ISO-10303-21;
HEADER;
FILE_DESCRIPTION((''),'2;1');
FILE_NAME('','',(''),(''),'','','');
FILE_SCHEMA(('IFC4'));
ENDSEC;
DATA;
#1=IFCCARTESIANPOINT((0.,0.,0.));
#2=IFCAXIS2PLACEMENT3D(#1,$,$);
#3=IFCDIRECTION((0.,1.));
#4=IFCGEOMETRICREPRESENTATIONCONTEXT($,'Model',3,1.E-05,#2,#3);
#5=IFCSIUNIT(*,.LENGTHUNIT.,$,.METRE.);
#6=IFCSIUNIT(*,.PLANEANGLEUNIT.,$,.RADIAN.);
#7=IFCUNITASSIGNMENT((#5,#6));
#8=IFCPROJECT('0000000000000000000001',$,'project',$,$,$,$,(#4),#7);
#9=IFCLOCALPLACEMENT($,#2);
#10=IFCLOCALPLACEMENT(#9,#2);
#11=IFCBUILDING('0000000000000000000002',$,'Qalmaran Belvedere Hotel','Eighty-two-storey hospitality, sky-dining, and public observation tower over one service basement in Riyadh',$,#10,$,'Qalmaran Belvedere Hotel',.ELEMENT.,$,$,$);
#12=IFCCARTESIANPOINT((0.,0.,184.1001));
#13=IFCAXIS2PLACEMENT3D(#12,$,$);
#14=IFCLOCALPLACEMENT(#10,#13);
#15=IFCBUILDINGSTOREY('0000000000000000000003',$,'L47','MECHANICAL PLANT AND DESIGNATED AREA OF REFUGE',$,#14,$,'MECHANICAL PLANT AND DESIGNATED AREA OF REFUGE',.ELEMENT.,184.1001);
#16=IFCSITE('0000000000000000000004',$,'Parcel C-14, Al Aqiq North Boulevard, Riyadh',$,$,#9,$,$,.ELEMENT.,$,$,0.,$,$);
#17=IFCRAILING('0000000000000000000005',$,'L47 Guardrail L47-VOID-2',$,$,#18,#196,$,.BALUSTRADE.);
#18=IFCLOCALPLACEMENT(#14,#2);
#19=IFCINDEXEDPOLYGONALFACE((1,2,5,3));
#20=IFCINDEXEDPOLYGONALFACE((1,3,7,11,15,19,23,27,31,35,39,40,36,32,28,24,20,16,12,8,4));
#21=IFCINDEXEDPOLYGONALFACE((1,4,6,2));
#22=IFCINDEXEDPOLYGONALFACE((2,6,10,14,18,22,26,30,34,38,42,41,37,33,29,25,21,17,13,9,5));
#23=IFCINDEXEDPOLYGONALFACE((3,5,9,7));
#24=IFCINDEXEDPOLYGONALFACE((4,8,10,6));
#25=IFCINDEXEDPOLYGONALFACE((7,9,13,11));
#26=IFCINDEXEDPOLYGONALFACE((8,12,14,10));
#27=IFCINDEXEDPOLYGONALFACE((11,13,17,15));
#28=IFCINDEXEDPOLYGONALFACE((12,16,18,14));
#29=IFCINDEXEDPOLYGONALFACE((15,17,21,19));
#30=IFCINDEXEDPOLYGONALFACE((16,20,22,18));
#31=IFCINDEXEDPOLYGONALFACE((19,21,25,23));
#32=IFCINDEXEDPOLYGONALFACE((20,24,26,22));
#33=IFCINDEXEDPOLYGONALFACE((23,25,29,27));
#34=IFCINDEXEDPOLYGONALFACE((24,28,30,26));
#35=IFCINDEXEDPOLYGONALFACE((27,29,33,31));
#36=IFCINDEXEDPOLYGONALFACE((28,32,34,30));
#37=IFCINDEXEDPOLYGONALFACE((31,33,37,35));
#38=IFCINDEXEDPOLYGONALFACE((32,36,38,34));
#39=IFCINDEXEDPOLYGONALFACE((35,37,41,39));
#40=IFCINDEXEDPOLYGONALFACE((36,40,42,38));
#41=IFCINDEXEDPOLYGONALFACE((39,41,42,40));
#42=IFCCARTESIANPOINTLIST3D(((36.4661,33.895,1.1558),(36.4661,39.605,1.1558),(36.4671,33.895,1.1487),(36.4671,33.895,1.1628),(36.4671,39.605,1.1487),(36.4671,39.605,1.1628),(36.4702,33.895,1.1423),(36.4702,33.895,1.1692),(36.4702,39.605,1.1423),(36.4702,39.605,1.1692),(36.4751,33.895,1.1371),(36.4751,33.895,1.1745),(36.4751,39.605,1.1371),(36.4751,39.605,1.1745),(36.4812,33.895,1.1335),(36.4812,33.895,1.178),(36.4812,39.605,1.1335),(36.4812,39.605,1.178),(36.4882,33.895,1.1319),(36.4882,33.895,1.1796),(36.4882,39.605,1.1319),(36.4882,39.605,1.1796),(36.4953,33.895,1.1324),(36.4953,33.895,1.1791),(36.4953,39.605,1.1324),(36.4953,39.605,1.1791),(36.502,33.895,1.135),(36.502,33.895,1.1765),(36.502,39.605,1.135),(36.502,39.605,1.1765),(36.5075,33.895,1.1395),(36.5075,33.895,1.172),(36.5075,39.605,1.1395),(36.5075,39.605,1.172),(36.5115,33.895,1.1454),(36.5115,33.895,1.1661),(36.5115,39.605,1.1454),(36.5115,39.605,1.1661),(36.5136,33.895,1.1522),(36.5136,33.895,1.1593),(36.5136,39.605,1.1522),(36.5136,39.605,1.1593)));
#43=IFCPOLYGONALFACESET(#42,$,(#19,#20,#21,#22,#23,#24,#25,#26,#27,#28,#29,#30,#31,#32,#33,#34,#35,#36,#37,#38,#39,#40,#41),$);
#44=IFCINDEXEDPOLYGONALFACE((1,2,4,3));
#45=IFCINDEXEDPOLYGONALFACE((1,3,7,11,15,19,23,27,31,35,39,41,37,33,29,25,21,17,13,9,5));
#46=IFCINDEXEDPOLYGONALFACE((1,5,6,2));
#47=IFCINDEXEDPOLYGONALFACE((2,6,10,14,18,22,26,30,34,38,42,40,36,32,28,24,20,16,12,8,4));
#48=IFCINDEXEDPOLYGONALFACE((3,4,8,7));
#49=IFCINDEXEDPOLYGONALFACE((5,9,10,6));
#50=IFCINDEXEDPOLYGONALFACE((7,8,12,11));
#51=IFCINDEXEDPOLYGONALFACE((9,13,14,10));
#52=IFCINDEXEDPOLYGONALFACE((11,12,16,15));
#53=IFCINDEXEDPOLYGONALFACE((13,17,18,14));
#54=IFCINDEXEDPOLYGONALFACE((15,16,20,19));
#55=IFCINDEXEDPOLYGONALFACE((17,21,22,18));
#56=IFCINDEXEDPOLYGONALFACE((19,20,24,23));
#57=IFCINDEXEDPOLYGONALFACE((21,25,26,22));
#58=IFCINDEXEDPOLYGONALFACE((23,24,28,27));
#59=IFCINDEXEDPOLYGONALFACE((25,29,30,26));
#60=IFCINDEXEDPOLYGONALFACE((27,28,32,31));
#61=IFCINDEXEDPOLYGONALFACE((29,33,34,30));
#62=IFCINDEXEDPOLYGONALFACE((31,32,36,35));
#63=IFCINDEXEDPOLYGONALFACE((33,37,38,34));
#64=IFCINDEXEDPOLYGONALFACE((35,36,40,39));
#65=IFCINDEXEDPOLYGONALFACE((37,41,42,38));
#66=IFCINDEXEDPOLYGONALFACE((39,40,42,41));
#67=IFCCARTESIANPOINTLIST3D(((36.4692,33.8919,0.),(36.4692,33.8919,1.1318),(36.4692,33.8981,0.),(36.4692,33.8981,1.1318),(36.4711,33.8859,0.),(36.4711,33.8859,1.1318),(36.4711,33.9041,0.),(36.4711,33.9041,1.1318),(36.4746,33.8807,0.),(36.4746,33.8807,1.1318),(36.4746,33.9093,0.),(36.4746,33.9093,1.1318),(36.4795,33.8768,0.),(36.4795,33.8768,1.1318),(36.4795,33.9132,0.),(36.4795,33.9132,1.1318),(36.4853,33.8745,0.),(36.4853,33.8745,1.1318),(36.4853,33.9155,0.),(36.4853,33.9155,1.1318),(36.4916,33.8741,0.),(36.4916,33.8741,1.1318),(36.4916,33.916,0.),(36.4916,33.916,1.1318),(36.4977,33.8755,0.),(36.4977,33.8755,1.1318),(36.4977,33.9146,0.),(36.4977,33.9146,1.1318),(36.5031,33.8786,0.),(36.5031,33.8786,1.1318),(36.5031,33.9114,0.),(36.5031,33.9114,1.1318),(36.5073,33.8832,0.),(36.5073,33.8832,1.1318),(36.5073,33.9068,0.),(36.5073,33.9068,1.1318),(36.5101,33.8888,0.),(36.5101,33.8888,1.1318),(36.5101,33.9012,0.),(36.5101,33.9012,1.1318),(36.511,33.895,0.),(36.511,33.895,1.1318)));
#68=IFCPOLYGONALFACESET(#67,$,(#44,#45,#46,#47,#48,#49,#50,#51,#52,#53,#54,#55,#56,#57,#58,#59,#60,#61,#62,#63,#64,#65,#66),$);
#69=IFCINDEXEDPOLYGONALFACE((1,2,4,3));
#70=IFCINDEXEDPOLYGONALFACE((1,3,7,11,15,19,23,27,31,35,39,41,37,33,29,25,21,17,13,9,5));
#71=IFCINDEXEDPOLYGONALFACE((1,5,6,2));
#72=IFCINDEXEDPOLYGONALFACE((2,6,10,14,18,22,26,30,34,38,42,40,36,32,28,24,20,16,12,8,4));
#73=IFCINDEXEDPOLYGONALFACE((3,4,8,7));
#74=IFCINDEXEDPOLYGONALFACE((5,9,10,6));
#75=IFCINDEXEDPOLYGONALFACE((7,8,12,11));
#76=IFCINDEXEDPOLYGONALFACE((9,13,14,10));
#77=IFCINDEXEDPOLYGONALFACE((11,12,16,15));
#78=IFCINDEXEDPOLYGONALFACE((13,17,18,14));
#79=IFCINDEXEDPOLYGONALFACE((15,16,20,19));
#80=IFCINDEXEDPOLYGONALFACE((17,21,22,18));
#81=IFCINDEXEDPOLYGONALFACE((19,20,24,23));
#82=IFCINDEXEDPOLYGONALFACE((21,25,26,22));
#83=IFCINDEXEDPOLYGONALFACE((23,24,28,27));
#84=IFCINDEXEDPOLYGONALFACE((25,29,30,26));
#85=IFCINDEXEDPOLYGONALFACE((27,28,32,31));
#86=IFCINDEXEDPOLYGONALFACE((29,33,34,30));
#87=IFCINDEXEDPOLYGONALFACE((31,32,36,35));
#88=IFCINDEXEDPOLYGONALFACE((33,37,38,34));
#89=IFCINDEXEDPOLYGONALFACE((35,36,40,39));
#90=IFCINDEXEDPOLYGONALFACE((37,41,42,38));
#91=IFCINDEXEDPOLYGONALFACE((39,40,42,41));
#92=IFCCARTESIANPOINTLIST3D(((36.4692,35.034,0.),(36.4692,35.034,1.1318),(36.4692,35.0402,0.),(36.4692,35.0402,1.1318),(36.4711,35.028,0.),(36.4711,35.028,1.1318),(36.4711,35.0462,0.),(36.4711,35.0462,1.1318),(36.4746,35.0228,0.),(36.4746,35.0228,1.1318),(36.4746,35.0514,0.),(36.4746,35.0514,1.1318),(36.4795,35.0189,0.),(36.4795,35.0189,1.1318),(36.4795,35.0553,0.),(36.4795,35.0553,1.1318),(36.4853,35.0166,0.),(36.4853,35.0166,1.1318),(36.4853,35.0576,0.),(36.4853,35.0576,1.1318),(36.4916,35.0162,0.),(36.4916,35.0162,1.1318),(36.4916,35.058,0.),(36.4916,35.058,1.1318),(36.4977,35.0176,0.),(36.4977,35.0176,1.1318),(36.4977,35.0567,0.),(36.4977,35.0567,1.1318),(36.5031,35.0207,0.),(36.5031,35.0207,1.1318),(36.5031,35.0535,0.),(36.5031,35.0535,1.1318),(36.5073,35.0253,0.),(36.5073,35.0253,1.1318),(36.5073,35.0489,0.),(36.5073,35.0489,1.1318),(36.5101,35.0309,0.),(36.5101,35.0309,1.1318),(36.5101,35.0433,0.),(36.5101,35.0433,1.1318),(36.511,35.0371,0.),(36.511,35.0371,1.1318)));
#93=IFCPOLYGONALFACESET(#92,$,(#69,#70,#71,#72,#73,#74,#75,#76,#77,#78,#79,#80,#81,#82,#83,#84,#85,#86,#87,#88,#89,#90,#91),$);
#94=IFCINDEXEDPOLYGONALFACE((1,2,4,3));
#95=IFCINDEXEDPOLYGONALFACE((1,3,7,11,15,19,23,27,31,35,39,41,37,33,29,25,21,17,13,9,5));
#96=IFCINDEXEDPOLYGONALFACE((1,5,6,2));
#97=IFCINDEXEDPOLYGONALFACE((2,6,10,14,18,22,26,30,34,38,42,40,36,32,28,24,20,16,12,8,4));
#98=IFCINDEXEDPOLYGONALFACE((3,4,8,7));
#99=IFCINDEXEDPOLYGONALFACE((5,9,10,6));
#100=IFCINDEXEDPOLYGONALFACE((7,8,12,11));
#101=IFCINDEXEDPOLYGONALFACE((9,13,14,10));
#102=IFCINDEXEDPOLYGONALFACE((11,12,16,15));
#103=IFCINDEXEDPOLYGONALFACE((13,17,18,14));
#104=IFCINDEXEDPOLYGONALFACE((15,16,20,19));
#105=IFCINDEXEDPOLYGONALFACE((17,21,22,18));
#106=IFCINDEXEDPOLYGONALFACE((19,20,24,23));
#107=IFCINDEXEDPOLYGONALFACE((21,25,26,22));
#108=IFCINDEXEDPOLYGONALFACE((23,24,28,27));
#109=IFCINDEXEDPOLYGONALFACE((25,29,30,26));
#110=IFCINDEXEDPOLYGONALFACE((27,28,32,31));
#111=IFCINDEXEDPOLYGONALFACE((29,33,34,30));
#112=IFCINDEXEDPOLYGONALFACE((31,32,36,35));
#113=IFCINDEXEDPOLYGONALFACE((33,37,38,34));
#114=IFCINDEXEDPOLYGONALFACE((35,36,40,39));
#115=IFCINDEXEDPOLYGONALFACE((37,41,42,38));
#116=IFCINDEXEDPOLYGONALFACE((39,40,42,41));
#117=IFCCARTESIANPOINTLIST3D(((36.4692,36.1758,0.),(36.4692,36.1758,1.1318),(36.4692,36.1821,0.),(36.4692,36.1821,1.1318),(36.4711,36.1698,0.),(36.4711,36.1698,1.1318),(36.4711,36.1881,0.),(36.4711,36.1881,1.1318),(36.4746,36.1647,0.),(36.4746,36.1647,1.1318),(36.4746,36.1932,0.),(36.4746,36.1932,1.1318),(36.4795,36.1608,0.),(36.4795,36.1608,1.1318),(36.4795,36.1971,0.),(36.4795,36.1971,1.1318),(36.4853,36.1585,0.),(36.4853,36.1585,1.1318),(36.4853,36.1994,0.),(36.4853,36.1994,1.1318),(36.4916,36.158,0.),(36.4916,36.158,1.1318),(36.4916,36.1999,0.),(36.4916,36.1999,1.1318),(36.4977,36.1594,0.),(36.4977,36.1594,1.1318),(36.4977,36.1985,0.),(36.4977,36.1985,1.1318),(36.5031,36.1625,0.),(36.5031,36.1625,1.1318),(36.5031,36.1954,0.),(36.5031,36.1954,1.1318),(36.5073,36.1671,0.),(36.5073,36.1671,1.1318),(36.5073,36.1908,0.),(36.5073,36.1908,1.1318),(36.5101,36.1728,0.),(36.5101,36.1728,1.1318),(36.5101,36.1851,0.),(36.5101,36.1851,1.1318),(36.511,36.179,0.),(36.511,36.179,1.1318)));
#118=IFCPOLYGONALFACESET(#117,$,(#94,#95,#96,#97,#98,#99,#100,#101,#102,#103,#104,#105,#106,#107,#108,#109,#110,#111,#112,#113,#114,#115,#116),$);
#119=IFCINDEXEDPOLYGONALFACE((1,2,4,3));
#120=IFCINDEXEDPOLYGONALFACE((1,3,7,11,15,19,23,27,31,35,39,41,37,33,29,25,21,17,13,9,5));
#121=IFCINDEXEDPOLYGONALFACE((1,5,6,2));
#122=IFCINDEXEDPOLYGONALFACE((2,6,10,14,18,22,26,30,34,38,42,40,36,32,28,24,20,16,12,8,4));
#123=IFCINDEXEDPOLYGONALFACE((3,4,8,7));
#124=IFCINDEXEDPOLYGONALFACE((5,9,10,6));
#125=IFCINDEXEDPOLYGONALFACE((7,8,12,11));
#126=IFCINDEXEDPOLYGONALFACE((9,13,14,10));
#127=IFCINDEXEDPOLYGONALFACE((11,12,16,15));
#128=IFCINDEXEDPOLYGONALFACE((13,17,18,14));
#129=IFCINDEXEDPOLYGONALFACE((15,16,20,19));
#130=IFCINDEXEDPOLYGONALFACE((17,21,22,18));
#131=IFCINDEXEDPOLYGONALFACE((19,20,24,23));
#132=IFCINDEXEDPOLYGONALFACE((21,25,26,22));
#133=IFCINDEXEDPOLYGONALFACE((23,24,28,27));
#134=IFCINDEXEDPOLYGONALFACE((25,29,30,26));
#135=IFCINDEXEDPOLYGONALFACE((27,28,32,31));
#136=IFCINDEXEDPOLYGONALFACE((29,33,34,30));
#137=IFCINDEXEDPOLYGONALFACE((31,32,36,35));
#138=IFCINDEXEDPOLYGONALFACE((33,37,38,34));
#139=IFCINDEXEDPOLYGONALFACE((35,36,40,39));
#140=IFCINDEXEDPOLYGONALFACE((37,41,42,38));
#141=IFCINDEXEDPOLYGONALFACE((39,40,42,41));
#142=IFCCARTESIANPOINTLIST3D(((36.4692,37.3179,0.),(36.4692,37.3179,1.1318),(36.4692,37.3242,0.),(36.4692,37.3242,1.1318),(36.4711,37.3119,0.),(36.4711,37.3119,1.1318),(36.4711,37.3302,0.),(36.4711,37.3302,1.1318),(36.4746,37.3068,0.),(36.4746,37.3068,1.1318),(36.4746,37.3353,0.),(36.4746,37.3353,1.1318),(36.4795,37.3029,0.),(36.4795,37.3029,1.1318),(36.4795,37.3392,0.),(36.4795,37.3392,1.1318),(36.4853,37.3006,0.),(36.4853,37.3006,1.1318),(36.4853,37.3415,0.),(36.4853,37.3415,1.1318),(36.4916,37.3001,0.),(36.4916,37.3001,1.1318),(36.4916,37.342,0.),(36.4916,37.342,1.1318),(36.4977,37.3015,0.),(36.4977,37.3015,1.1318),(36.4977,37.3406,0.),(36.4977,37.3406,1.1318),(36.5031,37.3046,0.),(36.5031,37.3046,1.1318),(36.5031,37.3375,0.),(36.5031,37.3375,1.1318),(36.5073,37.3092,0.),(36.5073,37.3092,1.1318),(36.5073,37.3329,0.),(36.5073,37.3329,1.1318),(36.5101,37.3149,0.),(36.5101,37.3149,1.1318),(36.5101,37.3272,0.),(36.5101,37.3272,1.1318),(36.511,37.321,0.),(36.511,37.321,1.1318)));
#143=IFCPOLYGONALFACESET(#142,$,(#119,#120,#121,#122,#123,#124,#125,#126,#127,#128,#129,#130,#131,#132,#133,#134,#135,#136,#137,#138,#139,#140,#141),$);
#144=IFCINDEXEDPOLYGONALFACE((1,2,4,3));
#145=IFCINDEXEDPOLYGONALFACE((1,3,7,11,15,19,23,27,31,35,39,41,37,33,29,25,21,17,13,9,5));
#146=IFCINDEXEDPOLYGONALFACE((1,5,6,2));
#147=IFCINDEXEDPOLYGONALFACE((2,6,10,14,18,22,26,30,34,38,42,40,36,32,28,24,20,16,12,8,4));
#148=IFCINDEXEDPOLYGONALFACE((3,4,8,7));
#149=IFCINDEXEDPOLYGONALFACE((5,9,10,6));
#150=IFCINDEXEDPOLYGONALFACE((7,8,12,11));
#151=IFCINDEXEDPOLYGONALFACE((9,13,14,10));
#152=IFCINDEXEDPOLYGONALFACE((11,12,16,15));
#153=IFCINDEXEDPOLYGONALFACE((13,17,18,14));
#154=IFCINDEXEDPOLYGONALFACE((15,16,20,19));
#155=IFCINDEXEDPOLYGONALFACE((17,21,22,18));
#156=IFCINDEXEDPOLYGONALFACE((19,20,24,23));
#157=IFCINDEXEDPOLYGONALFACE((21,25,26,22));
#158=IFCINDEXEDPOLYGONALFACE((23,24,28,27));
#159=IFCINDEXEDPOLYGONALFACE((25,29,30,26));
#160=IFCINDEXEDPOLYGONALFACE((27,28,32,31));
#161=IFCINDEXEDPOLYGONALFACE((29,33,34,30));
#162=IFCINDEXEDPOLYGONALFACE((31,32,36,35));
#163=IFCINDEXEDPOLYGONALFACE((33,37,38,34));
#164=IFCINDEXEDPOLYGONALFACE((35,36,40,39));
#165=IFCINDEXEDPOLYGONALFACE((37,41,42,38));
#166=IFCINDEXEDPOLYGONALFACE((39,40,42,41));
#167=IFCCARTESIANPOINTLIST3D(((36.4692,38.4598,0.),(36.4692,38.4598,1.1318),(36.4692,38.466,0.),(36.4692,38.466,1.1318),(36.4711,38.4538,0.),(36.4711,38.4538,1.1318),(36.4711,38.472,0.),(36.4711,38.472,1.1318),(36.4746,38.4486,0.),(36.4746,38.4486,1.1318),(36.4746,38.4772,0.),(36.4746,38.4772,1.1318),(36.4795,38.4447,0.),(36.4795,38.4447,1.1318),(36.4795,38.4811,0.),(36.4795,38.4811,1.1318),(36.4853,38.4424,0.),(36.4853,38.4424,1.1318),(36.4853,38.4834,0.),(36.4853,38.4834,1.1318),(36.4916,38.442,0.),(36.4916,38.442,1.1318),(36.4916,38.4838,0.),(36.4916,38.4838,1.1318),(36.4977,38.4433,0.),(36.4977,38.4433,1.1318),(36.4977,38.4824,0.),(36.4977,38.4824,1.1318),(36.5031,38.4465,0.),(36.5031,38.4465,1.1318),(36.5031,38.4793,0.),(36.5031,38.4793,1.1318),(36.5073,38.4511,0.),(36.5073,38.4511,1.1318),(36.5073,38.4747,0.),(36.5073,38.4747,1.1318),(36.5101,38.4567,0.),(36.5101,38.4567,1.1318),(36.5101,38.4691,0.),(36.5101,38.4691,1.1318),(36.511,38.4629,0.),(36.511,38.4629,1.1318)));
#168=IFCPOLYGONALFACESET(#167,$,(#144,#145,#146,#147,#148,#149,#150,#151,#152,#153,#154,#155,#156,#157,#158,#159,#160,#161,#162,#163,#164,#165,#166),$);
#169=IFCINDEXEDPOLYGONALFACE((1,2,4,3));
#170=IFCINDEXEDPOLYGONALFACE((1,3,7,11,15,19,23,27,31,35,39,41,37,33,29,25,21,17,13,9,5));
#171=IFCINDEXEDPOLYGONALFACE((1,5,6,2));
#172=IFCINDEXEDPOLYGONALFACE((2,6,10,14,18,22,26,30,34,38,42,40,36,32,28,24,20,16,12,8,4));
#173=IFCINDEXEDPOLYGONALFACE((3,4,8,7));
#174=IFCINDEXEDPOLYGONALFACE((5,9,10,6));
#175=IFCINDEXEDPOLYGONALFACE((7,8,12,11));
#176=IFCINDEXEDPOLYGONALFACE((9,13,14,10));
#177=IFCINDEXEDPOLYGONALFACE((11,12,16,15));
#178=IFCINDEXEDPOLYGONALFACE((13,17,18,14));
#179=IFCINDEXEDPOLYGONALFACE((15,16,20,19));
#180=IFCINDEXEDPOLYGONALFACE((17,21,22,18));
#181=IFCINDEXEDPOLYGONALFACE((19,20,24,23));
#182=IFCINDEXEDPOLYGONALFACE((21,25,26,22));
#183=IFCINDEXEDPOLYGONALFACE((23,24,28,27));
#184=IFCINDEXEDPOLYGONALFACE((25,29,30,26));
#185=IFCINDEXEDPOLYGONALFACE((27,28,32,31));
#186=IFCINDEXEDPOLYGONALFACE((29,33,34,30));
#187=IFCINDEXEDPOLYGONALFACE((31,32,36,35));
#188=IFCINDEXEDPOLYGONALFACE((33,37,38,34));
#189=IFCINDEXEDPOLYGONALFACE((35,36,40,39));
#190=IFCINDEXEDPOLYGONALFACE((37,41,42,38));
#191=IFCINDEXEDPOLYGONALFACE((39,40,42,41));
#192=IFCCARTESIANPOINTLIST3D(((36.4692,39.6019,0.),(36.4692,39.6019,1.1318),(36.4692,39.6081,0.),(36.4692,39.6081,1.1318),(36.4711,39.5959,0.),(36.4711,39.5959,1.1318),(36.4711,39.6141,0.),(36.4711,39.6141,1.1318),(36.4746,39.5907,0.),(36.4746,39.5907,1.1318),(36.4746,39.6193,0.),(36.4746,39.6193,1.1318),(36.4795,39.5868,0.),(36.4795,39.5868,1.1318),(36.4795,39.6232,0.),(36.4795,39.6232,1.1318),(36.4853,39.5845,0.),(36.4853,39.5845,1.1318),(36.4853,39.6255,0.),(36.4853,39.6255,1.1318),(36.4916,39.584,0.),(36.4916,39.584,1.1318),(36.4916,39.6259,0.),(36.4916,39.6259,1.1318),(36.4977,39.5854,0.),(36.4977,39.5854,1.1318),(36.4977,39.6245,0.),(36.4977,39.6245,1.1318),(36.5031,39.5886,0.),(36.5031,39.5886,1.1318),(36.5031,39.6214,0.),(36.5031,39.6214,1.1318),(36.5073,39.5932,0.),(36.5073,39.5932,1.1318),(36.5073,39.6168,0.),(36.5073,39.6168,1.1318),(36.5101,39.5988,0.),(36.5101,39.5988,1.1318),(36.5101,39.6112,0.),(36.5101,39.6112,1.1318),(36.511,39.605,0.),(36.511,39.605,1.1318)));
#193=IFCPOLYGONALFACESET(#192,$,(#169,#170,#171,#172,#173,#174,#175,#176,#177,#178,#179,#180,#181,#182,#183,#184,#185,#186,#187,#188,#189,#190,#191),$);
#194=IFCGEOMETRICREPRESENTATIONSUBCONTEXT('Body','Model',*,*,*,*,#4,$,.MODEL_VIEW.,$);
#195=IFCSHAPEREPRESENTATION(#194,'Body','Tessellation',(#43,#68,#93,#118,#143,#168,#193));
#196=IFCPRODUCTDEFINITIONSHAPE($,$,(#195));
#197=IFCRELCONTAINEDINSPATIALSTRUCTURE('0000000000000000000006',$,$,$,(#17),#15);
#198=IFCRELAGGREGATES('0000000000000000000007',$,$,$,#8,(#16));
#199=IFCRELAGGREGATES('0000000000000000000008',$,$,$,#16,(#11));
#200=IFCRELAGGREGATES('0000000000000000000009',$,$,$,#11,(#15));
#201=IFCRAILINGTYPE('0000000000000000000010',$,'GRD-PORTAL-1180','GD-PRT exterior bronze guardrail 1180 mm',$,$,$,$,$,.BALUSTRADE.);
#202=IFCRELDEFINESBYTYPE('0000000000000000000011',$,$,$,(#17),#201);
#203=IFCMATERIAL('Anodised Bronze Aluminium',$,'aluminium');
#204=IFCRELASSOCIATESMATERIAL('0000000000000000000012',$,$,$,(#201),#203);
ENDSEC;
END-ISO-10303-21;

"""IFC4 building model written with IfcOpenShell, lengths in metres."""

from ifc_helpers import new_model, si_unit, direction, frame, origin, origin_2d, place, context, subcontext, project, spatial, circle, extrude, material, type_object, element, save


model = new_model("IFC4")

# Units and contexts
model_context = context("Model", 3, precision=1e-05, world=origin(), true_north=direction((0.0, 1.0)))
body_context = subcontext(model_context, "Body", "Model", "MODEL_VIEW")
ifc_project = project(units=[si_unit("LENGTHUNIT", "METRE"), si_unit("PLANEANGLEUNIT", "RADIAN")], contexts=[model_context])

# Site, building, storey
site_placement = place(None, origin())
site = spatial("IfcSite", under=ifc_project, at=site_placement, Name="Parcel C-14, Al Aqiq North Boulevard, Riyadh", CompositionType="ELEMENT", RefElevation=0.0)
building_placement = place(site_placement, origin())
building = spatial("IfcBuilding", under=site, at=building_placement, Name="Qalmaran Belvedere Hotel", Description="Eighty-two-storey hospitality, sky-dining, and public observation tower over one service basement in Riyadh", LongName="Qalmaran Belvedere Hotel", CompositionType="ELEMENT")
storey_placement = place(building_placement, frame((0.0, 0.0, 184.1001)))
storey = spatial("IfcBuildingStorey", under=building, at=storey_placement, Name="L47", Description="MECHANICAL PLANT AND DESIGNATED AREA OF REFUGE", LongName="MECHANICAL PLANT AND DESIGNATED AREA OF REFUGE", CompositionType="ELEMENT", Elevation=184.1001)

# Railing
ifc_material_1 = material(Name="Anodised Bronze Aluminium", Category="aluminium")
railing_type = type_object("IfcRailingType", Name="GRD-PORTAL-1180", Description="GD-PRT exterior bronze guardrail 1180 mm", PredefinedType="BALUSTRADE", material=ifc_material_1)
railing_1_placement = place(storey_placement, frame((36.49, 33.895, 0.0)))
element("IfcRailing", 1, at=railing_1_placement, inside=storey, type_object=railing_type, Name="L47 Guardrail L47-VOID-2", PredefinedType="BALUSTRADE", context=body_context, shape_type="SweptSolid", body=[
    extrude(circle(Radius=0.0239, at=origin_2d()), frame((0.0, 0.0, 1.1558), z_axis=(0.0, 1.0, 0.0), x_axis=(-1.0, 0.0, 0.0)), (0.0, 0.0, 1.0), 5.71),
    extrude(circle(Radius=0.021, at=origin_2d()), origin(), (0.0, 0.0, 1.0), 1.1318),
    extrude(circle(Radius=0.021, at=origin_2d()), frame((0.0, 1.1421, 0.0)), (0.0, 0.0, 1.0), 1.1318),
    extrude(circle(Radius=0.021, at=origin_2d()), frame((0.0, 2.2839, 0.0)), (0.0, 0.0, 1.0), 1.1318),
    extrude(circle(Radius=0.021, at=origin_2d()), frame((0.0, 3.426, 0.0)), (0.0, 0.0, 1.0), 1.1318),
    extrude(circle(Radius=0.021, at=origin_2d()), frame((0.0, 4.5679, 0.0)), (0.0, 0.0, 1.0), 1.1318),
    extrude(circle(Radius=0.021, at=origin_2d()), frame((0.0, 5.71, 0.0)), (0.0, 0.0, 1.0), 1.1318),
])

save(model, "model.ifc")
